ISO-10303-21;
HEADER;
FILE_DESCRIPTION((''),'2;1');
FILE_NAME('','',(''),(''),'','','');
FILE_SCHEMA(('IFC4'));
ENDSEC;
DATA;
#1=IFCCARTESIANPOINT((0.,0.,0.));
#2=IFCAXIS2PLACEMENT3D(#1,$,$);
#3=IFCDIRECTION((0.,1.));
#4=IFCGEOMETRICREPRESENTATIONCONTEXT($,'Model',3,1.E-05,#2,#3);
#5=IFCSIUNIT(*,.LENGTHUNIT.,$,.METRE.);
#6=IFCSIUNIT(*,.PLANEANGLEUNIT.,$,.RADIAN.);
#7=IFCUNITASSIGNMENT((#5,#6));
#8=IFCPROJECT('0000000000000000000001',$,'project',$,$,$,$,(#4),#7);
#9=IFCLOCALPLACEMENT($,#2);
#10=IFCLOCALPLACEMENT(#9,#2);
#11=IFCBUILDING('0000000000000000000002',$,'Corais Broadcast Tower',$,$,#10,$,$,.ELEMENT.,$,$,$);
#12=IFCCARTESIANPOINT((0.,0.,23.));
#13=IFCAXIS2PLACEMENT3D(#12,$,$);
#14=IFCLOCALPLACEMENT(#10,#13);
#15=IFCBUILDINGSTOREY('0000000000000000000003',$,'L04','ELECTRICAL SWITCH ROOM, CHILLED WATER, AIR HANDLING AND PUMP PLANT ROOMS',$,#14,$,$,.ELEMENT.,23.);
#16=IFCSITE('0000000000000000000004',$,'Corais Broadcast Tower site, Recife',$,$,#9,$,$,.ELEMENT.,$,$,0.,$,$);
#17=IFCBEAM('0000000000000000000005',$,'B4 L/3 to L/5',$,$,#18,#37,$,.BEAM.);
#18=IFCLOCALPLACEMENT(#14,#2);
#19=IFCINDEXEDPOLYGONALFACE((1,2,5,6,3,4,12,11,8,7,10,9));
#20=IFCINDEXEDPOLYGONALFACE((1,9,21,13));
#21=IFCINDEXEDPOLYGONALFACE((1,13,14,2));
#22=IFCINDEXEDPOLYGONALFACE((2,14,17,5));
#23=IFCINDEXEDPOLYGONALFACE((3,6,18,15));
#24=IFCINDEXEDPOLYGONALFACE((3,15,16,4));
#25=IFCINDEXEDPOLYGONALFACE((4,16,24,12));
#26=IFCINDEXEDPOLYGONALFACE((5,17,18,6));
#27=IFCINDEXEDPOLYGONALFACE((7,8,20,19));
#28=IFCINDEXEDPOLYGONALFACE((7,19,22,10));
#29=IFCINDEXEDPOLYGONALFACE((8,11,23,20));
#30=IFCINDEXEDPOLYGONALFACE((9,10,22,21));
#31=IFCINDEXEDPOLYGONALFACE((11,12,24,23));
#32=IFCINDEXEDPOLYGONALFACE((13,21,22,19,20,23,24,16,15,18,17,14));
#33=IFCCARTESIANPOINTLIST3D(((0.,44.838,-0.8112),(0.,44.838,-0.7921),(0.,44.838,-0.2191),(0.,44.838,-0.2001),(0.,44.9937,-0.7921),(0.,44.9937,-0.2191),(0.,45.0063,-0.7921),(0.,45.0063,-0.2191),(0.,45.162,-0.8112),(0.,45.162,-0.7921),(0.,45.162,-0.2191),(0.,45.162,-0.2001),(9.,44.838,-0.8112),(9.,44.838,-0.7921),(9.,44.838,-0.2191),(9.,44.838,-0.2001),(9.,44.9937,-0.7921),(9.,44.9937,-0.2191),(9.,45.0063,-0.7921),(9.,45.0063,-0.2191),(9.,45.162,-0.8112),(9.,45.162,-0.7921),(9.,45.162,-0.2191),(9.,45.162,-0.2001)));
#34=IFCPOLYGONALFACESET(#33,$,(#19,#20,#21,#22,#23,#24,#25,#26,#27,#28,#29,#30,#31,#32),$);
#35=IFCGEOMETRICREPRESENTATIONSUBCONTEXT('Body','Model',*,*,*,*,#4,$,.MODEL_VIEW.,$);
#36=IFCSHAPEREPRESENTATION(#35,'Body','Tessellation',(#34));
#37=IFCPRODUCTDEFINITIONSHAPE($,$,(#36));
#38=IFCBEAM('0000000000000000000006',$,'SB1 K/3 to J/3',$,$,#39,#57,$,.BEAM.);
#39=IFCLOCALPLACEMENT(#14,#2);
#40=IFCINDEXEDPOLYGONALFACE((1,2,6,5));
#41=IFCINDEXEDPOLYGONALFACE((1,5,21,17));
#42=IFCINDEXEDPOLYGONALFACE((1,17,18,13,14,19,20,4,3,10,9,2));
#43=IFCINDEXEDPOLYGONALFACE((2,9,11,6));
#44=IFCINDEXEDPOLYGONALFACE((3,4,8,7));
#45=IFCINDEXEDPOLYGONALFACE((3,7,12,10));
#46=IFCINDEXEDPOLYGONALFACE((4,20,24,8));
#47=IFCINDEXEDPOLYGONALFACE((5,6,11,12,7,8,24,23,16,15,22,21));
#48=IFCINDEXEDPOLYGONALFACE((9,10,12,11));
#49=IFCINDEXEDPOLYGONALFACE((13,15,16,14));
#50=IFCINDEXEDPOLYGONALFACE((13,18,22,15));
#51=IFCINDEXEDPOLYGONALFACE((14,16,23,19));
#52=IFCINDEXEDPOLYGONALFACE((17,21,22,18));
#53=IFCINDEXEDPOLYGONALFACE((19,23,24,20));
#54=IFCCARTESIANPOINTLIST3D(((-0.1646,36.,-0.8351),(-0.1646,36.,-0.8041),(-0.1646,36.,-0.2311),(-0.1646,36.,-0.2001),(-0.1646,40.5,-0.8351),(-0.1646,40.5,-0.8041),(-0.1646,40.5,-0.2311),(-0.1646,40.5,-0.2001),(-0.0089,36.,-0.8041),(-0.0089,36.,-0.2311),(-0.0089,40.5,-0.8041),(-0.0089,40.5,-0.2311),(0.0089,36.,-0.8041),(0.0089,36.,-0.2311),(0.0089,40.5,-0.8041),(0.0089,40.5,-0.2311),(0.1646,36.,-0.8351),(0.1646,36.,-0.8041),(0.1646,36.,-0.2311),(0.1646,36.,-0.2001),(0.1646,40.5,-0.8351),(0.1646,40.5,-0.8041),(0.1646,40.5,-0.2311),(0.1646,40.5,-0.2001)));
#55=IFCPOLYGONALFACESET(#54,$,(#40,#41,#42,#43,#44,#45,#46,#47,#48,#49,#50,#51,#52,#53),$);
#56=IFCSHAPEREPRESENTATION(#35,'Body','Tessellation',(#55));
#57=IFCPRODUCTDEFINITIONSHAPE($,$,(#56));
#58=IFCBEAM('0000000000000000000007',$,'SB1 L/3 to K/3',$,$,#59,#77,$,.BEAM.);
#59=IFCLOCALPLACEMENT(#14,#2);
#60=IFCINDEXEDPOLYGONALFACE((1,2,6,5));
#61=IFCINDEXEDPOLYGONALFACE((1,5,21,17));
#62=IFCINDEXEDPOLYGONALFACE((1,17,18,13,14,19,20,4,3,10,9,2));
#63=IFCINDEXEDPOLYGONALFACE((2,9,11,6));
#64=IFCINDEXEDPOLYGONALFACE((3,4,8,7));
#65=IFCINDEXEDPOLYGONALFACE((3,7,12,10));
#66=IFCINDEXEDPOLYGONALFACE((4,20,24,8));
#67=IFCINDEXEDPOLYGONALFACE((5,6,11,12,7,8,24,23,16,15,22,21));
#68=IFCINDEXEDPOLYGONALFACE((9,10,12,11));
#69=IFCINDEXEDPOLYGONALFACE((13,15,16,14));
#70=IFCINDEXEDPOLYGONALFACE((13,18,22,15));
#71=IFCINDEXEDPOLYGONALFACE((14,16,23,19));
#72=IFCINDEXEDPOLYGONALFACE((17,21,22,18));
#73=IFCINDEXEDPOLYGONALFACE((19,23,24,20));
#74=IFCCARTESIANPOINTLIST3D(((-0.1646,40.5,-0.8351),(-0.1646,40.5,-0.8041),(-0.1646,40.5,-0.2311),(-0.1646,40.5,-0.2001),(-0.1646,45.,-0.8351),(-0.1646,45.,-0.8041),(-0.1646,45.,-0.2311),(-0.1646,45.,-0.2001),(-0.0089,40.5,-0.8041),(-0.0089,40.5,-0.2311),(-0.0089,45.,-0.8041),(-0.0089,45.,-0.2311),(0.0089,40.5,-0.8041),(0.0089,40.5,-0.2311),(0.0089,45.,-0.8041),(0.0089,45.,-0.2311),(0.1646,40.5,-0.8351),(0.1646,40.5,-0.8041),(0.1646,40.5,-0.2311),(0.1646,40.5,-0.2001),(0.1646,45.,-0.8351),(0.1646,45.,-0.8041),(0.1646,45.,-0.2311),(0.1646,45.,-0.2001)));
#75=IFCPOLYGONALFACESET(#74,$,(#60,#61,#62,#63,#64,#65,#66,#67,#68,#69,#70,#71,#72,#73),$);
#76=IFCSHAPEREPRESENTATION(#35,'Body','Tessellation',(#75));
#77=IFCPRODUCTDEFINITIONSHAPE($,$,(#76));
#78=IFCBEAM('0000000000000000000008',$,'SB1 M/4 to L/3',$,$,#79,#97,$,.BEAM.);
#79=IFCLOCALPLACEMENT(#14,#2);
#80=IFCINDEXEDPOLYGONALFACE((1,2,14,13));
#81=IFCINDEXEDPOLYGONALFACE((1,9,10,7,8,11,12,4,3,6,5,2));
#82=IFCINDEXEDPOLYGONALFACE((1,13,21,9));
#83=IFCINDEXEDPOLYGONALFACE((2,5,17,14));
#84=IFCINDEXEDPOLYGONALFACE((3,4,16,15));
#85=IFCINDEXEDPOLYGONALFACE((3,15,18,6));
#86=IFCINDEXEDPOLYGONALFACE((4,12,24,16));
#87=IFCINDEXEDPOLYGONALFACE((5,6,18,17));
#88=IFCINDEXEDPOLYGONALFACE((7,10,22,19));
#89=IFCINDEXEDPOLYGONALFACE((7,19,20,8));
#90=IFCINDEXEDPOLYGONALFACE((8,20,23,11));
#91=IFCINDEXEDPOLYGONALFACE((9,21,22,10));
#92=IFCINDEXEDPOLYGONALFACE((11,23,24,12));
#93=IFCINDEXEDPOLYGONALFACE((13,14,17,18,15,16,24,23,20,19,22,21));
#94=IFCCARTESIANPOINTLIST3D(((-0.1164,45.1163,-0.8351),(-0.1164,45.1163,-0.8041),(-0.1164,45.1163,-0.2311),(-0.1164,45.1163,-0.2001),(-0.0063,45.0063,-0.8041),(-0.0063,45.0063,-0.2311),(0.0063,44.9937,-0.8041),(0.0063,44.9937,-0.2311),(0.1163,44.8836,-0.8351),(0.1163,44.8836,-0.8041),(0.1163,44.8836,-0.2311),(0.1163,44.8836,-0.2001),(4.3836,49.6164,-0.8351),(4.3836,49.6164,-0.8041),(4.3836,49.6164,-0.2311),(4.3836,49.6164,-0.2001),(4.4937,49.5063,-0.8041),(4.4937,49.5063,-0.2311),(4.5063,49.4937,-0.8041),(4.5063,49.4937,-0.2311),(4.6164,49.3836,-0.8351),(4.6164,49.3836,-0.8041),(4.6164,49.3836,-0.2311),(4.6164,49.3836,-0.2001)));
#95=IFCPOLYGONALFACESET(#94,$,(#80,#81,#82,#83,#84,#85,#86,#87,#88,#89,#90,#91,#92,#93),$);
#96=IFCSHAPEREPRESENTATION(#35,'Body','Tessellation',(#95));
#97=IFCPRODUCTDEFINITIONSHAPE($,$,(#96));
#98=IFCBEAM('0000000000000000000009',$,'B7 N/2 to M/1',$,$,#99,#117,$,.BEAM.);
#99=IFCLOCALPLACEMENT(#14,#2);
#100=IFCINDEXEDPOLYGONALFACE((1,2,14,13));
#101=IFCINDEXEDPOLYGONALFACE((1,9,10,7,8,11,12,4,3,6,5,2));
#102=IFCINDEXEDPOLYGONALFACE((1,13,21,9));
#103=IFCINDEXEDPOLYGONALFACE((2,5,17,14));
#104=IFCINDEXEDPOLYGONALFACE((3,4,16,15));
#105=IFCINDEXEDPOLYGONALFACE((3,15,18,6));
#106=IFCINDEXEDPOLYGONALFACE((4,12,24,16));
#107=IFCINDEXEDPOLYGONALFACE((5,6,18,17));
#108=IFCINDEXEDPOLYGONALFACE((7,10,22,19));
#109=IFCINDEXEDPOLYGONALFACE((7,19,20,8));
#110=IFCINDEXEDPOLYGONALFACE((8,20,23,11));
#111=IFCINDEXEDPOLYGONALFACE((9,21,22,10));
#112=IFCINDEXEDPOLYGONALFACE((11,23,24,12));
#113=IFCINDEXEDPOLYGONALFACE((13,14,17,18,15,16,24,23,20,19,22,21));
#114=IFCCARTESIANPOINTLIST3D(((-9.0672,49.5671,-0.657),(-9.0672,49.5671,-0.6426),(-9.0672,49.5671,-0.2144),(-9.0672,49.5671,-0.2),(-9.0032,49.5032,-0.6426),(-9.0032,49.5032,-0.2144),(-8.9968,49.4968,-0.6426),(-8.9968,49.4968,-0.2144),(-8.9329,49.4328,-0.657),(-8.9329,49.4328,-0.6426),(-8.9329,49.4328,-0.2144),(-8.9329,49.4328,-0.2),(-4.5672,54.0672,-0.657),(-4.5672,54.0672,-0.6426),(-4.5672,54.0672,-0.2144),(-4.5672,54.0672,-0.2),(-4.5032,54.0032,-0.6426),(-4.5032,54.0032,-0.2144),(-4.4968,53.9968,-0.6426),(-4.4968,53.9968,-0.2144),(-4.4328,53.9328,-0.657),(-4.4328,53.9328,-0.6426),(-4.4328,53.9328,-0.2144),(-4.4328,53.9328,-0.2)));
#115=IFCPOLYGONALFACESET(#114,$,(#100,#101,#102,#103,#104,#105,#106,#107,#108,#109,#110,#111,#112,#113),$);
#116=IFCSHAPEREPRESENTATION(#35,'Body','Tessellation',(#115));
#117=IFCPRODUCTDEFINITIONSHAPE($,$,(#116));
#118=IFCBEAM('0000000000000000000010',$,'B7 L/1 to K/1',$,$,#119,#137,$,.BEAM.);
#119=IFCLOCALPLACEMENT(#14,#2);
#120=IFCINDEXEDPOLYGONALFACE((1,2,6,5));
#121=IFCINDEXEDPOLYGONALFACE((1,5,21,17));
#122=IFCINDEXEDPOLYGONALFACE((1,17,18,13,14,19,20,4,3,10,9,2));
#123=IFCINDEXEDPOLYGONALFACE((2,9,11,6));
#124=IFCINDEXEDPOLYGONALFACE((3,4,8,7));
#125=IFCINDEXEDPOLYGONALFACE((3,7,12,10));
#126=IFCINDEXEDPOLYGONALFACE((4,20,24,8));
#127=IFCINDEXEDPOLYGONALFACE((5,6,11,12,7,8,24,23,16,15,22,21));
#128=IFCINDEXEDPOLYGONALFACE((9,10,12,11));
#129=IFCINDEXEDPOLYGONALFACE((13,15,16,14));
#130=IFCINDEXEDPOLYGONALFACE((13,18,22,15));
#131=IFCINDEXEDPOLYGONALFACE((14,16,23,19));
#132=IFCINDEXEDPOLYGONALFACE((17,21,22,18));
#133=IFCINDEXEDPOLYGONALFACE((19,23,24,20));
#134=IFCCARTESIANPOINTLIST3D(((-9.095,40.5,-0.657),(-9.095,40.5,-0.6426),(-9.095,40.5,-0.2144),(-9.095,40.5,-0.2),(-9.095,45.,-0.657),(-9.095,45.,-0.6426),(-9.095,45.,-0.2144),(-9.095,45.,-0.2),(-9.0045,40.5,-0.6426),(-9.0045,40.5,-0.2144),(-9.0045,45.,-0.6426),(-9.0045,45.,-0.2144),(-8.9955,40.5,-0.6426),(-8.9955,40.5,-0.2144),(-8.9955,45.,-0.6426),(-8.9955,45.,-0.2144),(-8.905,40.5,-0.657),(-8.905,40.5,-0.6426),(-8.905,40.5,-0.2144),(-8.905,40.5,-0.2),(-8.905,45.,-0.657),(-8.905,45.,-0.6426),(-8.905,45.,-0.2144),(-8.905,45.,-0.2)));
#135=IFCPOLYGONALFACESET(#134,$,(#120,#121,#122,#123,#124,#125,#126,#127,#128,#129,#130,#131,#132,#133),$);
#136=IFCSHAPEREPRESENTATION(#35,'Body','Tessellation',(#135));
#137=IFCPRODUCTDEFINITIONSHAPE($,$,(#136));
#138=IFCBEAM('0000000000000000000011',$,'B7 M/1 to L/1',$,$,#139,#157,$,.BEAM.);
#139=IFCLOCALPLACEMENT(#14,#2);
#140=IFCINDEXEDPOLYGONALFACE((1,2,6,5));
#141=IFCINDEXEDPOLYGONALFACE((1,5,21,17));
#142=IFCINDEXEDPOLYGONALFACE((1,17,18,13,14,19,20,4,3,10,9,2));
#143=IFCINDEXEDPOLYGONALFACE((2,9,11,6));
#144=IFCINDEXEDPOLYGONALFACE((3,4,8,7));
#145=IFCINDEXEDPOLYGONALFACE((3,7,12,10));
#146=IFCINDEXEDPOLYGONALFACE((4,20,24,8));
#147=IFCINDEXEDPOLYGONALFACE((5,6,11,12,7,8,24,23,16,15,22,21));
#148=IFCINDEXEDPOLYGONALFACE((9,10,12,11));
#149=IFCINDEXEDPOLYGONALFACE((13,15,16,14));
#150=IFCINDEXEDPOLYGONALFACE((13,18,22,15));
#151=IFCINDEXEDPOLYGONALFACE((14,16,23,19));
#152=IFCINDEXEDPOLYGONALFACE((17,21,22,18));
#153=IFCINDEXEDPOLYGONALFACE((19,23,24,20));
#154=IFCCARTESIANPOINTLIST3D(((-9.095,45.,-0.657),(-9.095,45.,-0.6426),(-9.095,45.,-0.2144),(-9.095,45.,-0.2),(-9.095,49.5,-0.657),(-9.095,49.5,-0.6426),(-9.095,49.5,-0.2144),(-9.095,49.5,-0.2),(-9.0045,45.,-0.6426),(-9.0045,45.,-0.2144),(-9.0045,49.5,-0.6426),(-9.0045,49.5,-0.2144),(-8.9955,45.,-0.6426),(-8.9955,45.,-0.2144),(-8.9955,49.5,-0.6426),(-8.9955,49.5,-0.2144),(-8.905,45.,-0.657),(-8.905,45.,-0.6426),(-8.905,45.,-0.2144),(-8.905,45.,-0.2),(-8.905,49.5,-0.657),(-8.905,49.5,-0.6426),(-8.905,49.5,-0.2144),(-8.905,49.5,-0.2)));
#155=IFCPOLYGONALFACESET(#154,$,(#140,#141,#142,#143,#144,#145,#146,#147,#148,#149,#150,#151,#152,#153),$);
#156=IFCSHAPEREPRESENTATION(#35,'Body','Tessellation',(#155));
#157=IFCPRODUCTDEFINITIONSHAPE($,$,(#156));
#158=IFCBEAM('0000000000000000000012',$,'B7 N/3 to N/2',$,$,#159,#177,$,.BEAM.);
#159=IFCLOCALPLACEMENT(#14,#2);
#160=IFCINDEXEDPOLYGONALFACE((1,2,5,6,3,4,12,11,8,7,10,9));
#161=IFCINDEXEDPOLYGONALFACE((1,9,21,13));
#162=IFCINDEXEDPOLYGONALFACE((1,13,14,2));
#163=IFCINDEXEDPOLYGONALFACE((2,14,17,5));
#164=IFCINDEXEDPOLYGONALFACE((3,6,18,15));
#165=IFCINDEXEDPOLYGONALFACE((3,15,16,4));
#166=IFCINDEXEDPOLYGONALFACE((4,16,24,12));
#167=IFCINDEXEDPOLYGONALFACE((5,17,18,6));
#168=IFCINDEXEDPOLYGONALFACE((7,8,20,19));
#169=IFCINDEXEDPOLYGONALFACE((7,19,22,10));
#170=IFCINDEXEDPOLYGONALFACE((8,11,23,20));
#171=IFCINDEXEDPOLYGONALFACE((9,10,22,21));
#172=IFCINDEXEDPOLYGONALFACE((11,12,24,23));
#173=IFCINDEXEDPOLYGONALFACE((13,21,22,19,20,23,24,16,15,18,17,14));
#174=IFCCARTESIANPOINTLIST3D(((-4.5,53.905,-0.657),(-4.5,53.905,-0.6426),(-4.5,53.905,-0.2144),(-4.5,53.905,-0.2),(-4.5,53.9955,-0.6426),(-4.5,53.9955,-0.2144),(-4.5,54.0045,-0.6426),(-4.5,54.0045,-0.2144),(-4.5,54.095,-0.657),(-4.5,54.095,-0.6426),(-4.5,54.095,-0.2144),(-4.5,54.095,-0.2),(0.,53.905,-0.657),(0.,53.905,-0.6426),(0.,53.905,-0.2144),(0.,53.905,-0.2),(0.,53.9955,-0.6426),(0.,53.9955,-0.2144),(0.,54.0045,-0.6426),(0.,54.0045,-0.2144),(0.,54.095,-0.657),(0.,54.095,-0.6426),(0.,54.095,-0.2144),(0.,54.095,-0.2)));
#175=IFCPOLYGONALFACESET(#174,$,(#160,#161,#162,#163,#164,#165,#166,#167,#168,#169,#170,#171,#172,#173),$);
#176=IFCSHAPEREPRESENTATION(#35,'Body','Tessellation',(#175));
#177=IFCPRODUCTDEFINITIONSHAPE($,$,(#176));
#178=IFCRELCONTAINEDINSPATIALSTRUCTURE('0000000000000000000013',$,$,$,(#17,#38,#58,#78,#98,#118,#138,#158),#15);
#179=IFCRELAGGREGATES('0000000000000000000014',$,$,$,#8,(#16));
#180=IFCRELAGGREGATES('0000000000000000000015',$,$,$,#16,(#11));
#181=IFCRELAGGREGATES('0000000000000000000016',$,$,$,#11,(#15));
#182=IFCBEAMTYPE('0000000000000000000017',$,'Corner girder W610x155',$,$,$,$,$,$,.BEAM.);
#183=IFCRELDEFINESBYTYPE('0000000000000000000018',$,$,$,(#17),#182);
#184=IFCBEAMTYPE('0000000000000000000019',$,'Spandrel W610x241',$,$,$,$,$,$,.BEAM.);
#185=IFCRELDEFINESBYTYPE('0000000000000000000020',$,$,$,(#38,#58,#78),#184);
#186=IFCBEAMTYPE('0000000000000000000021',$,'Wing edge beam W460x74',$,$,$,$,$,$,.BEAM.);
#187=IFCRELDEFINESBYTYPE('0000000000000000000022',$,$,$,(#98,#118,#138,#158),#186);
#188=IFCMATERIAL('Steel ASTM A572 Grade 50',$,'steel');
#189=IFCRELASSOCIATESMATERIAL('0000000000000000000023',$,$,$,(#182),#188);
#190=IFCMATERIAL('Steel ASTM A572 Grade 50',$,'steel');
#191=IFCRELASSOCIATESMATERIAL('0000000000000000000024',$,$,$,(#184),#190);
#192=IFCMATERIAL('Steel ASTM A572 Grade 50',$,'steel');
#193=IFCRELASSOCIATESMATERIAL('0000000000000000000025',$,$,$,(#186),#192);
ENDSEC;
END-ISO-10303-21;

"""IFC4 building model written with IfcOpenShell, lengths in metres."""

from ifc_helpers import new_model, si_unit, direction, frame, origin, origin_2d, place, context, subcontext, project, spatial, i_section, extrude, material, material_profile, profile_set, type_object, element, save


model = new_model("IFC4")

# Units and contexts
model_context = context("Model", 3, precision=1e-05, world=origin(), true_north=direction((0.0, 1.0)))
body_context = subcontext(model_context, "Body", "Model", "MODEL_VIEW")
ifc_project = project(units=[si_unit("LENGTHUNIT", "METRE"), si_unit("PLANEANGLEUNIT", "RADIAN")], contexts=[model_context])

# Site, building, storey
site_placement = place(None, origin())
site = spatial("IfcSite", under=ifc_project, at=site_placement, Name="Corais Broadcast Tower site, Recife", CompositionType="ELEMENT", RefElevation=0.0)
building_placement = place(site_placement, origin())
building = spatial("IfcBuilding", under=site, at=building_placement, Name="Corais Broadcast Tower", CompositionType="ELEMENT")
storey_placement = place(building_placement, frame((0.0, 0.0, 23.0)))
storey = spatial("IfcBuildingStorey", under=building, at=storey_placement, Name="L04", Description="ELECTRICAL SWITCH ROOM, CHILLED WATER, AIR HANDLING AND PUMP PLANT ROOMS", CompositionType="ELEMENT", Elevation=23.0)

# Beams
ifc_material_1 = material(Name="Steel ASTM A572 Grade 50", Category="steel")
ifc_material_profile_1 = material_profile(ifc_material_1, i_section(OverallWidth=0.324, OverallDepth=0.6111, WebThickness=0.0127, FlangeThickness=0.019, at=origin_2d()), Name="W610x155")
ifc_profile_set_1 = profile_set([ifc_material_profile_1], Name="Steel ASTM A572 Grade 50")
beam_type_1 = type_object("IfcBeamType", Name="Corner girder W610x155", PredefinedType="BEAM", material=ifc_profile_set_1)
beam_1_placement = place(storey_placement, frame((0.0, 45.0, -0.5056), z_axis=(1.0, 0.0, 0.0), x_axis=(0.0, 1.0, 0.0)))
element("IfcBeam", 1, at=beam_1_placement, inside=storey, type_object=beam_type_1, Name="B4 L/3 to L/5", PredefinedType="BEAM", context=body_context, shape_type="SweptSolid", body=[
    extrude(i_section(OverallWidth=0.324, OverallDepth=0.6111, WebThickness=0.0127, FlangeThickness=0.019, at=origin_2d()), origin(), (0.0, 0.0, 1.0), 9.0),
])
ifc_material_2 = material(Name="Steel ASTM A572 Grade 50", Category="steel")
ifc_material_profile_2 = material_profile(ifc_material_2, i_section(OverallWidth=0.3291, OverallDepth=0.635, WebThickness=0.0178, FlangeThickness=0.031, at=origin_2d()), Name="W610x241")
ifc_profile_set_2 = profile_set([ifc_material_profile_2], Name="Steel ASTM A572 Grade 50")
beam_type_2 = type_object("IfcBeamType", Name="Spandrel W610x241", PredefinedType="BEAM", material=ifc_profile_set_2)
for number, where, z_axis, x_axis, name in (
    (2, (0.0, 40.5, -0.5176), (0.0, -1.0, 0.0), (1.0, 0.0, 0.0), "SB1 K/3 to J/3"),
    (3, (0.0, 45.0, -0.5176), (0.0, -1.0, 0.0), (1.0, 0.0, 0.0), "SB1 L/3 to K/3"),
):
    element("IfcBeam", number, at=place(storey_placement, frame(where, z_axis=z_axis, x_axis=x_axis)), inside=storey, type_object=beam_type_2, Name=name, PredefinedType="BEAM", context=body_context, shape_type="SweptSolid", body=[
        extrude(i_section(OverallWidth=0.3291, OverallDepth=0.635, WebThickness=0.0178, FlangeThickness=0.031, at=origin_2d()), origin(), (0.0, 0.0, 1.0), 4.5),
    ])
beam_2_placement = place(storey_placement, frame((4.5, 49.5, -0.5176), z_axis=(-0.707107, -0.707107, 0.0), x_axis=(0.707107, -0.707107, 0.0)))
element("IfcBeam", 4, at=beam_2_placement, inside=storey, type_object=beam_type_2, Name="SB1 M/4 to L/3", PredefinedType="BEAM", context=body_context, shape_type="SweptSolid", body=[
    extrude(i_section(OverallWidth=0.3291, OverallDepth=0.635, WebThickness=0.0178, FlangeThickness=0.031, at=origin_2d()), origin(), (0.0, 0.0, 1.0), 6.364),
])
ifc_material_3 = material(Name="Steel ASTM A572 Grade 50", Category="steel")
ifc_material_profile_3 = material_profile(ifc_material_3, i_section(OverallWidth=0.1899, OverallDepth=0.457, WebThickness=0.009, FlangeThickness=0.0144, at=origin_2d()), Name="W460x74")
ifc_profile_set_3 = profile_set([ifc_material_profile_3], Name="Steel ASTM A572 Grade 50")
beam_type_3 = type_object("IfcBeamType", Name="Wing edge beam W460x74", PredefinedType="BEAM", material=ifc_profile_set_3)
beam_3_placement = place(storey_placement, frame((-4.5, 54.0, -0.4285), z_axis=(-0.707107, -0.707107, 0.0), x_axis=(0.707107, -0.707107, 0.0)))
element("IfcBeam", 5, at=beam_3_placement, inside=storey, type_object=beam_type_3, Name="B7 N/2 to M/1", PredefinedType="BEAM", context=body_context, shape_type="SweptSolid", body=[
    extrude(i_section(OverallWidth=0.1899, OverallDepth=0.457, WebThickness=0.009, FlangeThickness=0.0144, at=origin_2d()), origin(), (0.0, 0.0, 1.0), 6.364),
])
for number, where, z_axis, x_axis, name in (
    (6, (-9.0, 45.0, -0.4285), (0.0, -1.0, 0.0), (1.0, 0.0, 0.0), "B7 L/1 to K/1"),
    (7, (-9.0, 49.5, -0.4285), (0.0, -1.0, 0.0), (1.0, 0.0, 0.0), "B7 M/1 to L/1"),
    (8, (0.0, 54.0, -0.4285), (-1.0, 0.0, 0.0), (0.0, -1.0, 0.0), "B7 N/3 to N/2"),
):
    element("IfcBeam", number, at=place(storey_placement, frame(where, z_axis=z_axis, x_axis=x_axis)), inside=storey, type_object=beam_type_3, Name=name, PredefinedType="BEAM", context=body_context, shape_type="SweptSolid", body=[
        extrude(i_section(OverallWidth=0.1899, OverallDepth=0.457, WebThickness=0.009, FlangeThickness=0.0144, at=origin_2d()), origin(), (0.0, 0.0, 1.0), 4.5),
    ])

save(model, "model.ifc")
